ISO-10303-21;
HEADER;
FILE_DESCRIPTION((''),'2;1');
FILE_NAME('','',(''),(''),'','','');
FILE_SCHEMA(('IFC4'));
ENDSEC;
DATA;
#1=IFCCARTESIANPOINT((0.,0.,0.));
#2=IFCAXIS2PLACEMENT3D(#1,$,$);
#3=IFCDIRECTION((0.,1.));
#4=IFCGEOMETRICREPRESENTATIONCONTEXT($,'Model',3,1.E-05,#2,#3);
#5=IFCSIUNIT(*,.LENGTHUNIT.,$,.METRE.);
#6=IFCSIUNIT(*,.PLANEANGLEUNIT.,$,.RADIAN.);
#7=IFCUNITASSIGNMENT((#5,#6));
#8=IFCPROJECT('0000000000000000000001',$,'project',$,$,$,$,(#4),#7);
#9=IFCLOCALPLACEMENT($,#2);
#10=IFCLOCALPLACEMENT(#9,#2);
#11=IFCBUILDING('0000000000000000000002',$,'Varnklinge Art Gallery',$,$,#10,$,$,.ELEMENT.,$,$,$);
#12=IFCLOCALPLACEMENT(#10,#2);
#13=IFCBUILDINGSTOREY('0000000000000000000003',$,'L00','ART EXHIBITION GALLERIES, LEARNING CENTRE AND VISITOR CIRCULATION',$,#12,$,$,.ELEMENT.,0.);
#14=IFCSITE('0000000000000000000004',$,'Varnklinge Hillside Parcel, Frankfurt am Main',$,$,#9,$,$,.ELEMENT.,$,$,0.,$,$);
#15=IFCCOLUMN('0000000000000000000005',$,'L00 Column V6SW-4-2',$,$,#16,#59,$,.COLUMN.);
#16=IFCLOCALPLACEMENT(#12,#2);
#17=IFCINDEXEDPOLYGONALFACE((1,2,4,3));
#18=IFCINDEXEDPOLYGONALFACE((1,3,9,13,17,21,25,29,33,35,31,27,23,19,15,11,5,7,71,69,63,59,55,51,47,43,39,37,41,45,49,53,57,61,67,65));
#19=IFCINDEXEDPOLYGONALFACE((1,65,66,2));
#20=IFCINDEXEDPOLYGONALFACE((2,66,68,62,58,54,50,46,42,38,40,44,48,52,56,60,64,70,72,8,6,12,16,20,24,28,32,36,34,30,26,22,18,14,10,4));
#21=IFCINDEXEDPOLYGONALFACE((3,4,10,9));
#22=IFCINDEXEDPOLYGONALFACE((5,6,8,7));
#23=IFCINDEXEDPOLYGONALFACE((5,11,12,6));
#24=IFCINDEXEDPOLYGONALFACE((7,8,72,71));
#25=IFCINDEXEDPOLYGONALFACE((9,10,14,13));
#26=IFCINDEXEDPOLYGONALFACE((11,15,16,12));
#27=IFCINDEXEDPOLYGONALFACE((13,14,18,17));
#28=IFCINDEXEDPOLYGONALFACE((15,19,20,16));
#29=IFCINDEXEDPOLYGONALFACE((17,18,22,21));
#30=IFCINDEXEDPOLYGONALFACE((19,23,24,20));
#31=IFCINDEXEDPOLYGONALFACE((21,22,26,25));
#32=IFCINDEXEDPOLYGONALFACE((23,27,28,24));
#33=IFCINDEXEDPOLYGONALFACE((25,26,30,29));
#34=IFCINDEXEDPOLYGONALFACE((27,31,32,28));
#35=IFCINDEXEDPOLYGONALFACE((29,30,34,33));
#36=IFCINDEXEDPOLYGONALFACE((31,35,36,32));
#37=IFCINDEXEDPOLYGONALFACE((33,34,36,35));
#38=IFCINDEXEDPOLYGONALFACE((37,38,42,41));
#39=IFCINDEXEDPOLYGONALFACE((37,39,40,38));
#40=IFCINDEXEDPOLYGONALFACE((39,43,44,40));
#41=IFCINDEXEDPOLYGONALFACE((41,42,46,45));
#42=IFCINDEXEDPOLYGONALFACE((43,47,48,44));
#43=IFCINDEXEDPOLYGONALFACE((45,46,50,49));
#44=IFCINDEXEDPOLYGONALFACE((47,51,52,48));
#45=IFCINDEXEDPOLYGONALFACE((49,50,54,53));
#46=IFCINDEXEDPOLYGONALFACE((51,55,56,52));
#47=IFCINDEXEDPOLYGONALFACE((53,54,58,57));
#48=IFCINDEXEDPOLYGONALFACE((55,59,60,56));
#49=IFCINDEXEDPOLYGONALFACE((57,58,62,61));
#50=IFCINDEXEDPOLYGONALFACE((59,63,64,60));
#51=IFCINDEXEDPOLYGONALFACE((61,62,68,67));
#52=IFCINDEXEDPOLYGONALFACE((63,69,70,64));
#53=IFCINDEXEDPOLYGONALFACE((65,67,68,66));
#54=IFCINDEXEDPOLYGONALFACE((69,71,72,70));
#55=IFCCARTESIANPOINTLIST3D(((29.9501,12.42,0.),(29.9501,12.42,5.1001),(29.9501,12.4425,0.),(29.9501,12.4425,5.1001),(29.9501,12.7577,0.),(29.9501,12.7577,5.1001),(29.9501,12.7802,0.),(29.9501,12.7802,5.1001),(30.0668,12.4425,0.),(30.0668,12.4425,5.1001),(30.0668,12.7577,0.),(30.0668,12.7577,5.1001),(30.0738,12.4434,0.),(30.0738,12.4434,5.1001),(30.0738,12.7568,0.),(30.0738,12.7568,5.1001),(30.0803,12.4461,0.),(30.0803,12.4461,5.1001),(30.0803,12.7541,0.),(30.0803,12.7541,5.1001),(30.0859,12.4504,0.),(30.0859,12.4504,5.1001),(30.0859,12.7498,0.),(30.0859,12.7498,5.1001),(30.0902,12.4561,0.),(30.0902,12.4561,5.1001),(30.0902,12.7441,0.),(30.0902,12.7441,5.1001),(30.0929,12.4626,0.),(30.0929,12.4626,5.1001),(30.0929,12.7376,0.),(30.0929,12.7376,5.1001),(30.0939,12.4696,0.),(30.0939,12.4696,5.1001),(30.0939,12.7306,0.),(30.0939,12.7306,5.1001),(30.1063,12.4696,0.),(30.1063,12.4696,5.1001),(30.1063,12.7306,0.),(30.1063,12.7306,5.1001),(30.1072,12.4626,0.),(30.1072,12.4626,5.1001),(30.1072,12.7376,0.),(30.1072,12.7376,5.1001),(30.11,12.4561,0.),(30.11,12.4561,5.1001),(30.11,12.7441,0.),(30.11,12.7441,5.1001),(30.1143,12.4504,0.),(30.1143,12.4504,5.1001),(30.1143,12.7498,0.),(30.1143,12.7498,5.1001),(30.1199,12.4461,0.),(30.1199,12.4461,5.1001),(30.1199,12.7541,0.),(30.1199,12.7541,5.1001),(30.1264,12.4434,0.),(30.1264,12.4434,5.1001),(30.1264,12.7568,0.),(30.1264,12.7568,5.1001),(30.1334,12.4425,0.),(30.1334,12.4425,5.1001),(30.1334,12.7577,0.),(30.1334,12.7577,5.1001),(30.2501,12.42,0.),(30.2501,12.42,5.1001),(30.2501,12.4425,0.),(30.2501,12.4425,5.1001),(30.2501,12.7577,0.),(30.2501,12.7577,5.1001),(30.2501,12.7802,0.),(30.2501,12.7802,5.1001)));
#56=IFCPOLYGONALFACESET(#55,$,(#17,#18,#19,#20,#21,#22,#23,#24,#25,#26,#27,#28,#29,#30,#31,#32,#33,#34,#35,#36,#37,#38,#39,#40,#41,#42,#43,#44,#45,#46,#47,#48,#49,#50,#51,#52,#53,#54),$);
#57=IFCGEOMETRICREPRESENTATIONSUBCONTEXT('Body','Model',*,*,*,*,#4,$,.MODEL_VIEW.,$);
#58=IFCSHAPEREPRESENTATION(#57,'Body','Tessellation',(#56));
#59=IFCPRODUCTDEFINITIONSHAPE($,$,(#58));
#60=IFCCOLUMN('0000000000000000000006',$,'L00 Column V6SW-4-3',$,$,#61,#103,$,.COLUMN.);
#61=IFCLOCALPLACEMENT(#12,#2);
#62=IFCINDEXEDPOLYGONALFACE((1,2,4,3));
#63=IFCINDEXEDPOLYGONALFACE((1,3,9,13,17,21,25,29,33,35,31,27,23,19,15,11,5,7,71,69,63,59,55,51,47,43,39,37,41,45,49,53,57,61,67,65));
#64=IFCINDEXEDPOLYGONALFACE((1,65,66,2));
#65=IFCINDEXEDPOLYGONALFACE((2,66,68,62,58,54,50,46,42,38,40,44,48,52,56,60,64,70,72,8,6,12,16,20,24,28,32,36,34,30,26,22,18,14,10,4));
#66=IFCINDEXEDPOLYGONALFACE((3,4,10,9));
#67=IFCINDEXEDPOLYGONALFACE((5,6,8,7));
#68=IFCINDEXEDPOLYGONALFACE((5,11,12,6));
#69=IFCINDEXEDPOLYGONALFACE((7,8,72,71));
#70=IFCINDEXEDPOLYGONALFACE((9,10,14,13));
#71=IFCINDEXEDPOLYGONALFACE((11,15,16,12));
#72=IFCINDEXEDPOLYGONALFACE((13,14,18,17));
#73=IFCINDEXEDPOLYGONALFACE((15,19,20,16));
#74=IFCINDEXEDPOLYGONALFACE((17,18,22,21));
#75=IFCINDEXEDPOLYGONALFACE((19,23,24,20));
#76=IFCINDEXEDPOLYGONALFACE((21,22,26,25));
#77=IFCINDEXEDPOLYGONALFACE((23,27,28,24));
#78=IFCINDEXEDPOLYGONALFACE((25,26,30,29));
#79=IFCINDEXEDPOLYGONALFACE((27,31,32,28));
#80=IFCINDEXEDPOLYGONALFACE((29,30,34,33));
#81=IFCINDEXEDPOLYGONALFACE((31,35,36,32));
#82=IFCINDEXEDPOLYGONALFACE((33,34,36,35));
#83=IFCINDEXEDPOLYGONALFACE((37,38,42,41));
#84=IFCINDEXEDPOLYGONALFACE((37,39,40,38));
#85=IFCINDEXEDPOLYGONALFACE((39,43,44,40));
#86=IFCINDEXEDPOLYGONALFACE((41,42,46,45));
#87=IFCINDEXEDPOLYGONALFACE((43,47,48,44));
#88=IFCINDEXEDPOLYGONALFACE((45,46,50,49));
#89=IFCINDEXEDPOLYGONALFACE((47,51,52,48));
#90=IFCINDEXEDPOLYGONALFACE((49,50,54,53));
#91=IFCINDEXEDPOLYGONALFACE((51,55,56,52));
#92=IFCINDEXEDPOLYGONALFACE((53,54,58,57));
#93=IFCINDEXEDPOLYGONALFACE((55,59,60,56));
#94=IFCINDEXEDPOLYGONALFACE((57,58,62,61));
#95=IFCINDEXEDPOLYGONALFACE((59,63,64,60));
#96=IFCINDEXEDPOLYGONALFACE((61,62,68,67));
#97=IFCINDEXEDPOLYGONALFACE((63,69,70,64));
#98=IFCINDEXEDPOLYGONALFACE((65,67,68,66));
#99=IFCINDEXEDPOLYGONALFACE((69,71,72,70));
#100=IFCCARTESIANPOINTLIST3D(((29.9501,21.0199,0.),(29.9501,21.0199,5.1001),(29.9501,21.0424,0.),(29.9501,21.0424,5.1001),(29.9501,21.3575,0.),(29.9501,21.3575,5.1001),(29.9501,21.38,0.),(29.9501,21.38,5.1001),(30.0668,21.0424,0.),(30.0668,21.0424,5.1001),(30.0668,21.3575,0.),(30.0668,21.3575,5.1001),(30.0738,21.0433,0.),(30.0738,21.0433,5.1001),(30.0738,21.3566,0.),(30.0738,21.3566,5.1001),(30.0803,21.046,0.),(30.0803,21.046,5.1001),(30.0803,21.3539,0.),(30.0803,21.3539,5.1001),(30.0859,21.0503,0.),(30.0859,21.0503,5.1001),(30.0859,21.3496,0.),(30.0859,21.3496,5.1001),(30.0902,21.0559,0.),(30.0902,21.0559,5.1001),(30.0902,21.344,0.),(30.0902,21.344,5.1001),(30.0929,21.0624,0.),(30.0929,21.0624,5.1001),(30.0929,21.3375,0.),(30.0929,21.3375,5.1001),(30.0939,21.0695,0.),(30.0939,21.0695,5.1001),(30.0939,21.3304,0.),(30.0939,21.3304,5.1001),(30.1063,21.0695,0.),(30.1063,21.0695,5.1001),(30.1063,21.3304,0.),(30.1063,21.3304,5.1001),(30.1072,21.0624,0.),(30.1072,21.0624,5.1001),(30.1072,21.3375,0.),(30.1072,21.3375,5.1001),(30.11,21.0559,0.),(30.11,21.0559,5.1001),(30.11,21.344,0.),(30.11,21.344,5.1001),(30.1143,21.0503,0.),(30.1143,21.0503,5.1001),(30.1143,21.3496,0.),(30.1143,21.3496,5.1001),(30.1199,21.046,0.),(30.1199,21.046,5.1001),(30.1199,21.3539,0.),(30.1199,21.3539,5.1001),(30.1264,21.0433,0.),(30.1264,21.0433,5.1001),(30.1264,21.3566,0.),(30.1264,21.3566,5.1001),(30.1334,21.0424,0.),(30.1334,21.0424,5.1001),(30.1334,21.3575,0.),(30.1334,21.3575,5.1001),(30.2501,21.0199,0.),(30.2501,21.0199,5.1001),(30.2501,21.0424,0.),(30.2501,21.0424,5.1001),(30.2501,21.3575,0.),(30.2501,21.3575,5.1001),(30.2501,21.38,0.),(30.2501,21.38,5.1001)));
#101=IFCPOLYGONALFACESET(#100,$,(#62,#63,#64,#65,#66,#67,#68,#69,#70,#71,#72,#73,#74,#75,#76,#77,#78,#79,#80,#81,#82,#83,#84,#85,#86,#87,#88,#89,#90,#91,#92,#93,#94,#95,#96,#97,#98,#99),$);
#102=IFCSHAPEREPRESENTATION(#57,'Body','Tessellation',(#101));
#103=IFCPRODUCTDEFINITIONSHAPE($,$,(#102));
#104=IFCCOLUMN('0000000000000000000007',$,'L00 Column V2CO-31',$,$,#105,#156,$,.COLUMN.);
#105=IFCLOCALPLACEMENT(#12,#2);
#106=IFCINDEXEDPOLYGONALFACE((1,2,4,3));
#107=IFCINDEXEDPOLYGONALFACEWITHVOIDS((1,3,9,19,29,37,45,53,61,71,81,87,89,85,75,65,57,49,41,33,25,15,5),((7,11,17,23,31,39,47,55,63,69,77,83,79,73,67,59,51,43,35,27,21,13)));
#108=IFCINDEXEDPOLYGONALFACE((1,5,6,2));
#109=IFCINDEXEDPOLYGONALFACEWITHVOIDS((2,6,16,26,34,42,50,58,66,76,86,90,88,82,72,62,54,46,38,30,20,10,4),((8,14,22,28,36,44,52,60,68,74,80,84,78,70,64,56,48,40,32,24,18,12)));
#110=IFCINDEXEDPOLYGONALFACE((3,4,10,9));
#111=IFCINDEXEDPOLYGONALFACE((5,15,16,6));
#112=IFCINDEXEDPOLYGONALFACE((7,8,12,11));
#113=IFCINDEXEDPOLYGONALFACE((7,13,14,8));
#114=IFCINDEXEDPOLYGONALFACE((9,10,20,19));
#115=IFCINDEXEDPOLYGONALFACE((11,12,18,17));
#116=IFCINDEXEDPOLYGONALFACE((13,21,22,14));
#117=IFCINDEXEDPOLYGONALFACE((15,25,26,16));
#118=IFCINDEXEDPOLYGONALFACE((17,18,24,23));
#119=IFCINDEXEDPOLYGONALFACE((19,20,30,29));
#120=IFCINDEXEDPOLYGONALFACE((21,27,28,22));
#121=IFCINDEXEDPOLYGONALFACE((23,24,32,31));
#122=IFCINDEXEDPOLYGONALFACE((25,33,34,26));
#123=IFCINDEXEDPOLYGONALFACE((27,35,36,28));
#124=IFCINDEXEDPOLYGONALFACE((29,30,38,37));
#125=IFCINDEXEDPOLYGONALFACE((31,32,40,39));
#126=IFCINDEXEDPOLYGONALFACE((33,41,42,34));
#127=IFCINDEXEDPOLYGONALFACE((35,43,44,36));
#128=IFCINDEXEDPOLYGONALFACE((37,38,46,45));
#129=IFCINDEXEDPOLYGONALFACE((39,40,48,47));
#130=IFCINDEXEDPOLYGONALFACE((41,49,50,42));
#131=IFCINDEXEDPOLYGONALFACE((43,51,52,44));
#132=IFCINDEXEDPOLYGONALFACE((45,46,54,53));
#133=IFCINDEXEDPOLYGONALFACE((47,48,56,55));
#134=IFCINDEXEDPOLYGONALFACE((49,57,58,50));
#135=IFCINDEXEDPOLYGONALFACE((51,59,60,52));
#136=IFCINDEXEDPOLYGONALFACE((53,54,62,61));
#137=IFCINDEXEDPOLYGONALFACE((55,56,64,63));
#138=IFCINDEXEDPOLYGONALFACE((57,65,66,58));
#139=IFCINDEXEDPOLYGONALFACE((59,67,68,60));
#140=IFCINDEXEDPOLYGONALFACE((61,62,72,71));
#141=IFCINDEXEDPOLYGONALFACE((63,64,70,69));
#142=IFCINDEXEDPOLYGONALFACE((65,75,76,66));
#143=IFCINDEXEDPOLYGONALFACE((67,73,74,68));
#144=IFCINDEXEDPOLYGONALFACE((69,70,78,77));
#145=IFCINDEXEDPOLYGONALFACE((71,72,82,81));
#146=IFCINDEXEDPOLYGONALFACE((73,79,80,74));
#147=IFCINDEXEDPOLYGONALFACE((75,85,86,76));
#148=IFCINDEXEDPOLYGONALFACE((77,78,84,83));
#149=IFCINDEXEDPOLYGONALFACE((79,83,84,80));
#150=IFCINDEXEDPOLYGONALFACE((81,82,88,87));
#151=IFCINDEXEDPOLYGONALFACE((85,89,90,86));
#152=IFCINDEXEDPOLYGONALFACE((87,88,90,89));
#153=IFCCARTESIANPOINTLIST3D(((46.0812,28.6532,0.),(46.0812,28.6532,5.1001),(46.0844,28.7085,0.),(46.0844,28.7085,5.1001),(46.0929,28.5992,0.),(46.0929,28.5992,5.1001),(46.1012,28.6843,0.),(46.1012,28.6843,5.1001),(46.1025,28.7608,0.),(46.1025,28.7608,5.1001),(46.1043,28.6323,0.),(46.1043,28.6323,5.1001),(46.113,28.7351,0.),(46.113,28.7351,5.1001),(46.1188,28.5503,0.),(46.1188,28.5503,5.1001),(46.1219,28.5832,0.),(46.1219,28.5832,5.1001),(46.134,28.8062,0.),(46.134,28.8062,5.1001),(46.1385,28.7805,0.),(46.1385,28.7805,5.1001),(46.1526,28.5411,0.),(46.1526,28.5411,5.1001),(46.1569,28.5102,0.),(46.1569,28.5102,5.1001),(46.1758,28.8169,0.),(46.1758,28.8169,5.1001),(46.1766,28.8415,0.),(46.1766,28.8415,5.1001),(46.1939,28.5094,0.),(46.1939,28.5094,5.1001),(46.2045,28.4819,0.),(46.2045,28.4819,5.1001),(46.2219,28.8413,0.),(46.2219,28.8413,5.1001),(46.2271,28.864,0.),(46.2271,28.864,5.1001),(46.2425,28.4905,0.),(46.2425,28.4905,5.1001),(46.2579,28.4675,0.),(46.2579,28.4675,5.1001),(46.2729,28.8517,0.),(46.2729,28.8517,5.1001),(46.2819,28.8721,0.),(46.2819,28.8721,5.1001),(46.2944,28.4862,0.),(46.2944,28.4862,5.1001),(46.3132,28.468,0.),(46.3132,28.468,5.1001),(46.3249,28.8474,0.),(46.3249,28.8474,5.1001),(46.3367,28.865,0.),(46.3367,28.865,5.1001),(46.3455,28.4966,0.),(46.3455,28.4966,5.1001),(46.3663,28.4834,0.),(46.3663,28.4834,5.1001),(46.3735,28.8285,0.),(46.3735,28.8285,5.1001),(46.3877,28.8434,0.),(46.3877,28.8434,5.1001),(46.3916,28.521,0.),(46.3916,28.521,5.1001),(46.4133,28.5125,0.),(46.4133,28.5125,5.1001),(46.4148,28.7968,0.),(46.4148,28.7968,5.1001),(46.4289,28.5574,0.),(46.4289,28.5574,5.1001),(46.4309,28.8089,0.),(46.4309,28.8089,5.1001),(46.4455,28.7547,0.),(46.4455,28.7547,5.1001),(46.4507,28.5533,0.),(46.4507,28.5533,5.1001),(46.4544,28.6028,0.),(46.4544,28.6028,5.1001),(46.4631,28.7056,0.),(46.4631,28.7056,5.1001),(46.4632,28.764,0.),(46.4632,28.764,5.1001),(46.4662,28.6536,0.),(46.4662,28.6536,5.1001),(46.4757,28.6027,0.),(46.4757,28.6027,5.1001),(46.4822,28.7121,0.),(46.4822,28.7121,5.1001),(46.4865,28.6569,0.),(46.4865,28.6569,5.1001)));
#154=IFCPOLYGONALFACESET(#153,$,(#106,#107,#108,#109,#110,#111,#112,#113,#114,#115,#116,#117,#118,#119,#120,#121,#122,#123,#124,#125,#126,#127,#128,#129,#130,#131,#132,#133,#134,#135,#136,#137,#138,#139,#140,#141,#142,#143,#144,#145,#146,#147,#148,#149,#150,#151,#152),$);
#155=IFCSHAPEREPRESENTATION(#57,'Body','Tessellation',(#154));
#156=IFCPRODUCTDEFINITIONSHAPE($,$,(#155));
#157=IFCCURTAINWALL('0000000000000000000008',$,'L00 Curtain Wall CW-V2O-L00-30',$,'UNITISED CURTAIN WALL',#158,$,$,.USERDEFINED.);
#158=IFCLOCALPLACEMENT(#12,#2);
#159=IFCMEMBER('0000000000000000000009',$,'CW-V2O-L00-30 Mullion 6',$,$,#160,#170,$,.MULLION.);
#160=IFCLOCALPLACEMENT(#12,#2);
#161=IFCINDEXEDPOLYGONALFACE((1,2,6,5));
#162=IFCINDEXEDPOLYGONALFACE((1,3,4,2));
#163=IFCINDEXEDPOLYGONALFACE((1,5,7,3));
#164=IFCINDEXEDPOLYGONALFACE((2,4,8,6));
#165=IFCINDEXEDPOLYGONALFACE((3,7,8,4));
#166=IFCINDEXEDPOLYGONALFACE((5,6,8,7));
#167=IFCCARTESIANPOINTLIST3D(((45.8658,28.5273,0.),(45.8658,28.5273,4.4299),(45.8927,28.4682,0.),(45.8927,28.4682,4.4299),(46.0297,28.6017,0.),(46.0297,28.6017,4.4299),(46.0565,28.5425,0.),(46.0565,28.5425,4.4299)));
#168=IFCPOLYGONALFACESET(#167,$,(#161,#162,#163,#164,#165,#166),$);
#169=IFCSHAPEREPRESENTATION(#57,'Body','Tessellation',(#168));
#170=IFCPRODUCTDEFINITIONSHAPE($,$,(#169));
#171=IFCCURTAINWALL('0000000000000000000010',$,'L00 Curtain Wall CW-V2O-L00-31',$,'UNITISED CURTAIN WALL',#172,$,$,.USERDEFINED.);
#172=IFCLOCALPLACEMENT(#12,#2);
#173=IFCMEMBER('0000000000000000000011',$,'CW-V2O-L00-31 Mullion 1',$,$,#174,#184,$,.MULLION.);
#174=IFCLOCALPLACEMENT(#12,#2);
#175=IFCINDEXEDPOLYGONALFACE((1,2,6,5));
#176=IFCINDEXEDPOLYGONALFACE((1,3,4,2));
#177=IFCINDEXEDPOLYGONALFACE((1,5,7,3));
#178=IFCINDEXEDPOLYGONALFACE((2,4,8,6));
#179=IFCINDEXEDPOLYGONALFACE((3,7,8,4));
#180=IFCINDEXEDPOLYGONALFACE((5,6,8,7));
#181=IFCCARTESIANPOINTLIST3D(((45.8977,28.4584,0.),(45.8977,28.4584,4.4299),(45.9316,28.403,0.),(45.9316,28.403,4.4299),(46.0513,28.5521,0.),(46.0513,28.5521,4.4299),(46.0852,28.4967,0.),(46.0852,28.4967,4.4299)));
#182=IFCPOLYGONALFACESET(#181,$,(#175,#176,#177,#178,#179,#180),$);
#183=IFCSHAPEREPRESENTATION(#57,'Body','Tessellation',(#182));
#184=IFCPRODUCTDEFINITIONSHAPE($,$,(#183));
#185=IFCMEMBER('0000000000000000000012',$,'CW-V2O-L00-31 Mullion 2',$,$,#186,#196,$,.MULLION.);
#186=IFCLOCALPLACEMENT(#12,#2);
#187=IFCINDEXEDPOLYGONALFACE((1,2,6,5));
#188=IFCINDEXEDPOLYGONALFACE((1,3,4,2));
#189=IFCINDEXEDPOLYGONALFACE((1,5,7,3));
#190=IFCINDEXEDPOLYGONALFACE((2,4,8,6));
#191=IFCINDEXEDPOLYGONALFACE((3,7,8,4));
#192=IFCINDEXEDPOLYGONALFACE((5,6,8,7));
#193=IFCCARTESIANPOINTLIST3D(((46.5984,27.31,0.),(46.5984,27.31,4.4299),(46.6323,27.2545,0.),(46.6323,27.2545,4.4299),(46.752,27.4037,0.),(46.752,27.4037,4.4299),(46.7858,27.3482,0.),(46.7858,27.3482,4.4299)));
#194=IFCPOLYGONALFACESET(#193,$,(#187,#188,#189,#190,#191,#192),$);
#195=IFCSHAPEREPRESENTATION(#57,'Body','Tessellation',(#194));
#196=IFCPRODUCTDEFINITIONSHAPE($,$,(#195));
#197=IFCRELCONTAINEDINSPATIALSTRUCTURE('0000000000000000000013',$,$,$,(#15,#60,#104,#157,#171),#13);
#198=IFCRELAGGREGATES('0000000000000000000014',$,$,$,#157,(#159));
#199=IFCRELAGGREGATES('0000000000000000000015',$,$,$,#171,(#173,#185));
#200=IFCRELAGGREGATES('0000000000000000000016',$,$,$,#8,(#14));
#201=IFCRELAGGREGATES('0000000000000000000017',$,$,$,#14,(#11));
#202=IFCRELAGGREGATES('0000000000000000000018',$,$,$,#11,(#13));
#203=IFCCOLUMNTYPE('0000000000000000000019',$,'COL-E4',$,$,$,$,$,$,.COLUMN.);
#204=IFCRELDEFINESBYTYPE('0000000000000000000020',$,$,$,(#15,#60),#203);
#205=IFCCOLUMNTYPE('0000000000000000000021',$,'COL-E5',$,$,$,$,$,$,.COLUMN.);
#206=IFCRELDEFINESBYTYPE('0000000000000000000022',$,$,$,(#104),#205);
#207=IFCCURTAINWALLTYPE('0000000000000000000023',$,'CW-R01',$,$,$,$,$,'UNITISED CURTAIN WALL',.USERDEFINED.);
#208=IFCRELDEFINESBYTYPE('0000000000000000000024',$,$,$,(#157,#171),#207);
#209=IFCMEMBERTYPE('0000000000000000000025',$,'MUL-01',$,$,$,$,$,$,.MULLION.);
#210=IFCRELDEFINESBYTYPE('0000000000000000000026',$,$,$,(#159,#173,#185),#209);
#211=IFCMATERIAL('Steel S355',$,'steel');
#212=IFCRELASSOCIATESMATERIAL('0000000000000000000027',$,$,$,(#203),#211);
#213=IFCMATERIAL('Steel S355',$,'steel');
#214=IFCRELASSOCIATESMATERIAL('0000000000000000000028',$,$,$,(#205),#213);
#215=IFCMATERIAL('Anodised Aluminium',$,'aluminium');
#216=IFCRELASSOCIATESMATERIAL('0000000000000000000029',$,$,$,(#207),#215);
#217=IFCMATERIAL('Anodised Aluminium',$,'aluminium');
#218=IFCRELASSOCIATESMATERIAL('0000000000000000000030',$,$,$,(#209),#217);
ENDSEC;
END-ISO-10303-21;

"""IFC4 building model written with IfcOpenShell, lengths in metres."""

from ifc_helpers import new_model, si_unit, direction, frame, origin, origin_2d, place, context, subcontext, project, spatial, rectangle, hollow_circle, i_section, extrude, material, material_profile, profile_set, type_object, element, aggregate, save


model = new_model("IFC4")

# Units and contexts
model_context = context("Model", 3, precision=1e-05, world=origin(), true_north=direction((0.0, 1.0)))
body_context = subcontext(model_context, "Body", "Model", "MODEL_VIEW")
ifc_project = project(units=[si_unit("LENGTHUNIT", "METRE"), si_unit("PLANEANGLEUNIT", "RADIAN")], contexts=[model_context])

# Site, building, storey
site_placement = place(None, origin())
site = spatial("IfcSite", under=ifc_project, at=site_placement, Name="Varnklinge Hillside Parcel, Frankfurt am Main", CompositionType="ELEMENT", RefElevation=0.0)
building_placement = place(site_placement, origin())
building = spatial("IfcBuilding", under=site, at=building_placement, Name="Varnklinge Art Gallery", CompositionType="ELEMENT")
storey_placement = place(building_placement, origin())
storey = spatial("IfcBuildingStorey", under=building, at=storey_placement, Name="L00", Description="ART EXHIBITION GALLERIES, LEARNING CENTRE AND VISITOR CIRCULATION", CompositionType="ELEMENT", Elevation=0.0)

# Columns
ifc_material_1 = material(Name="Steel S355", Category="steel")
ifc_material_profile_1 = material_profile(ifc_material_1, i_section(OverallWidth=0.3, OverallDepth=0.3601, WebThickness=0.0125, FlangeThickness=0.0225, FilletRadius=0.0271, at=origin_2d()), Name="HEB 360")
ifc_profile_set_1 = profile_set([ifc_material_profile_1], Name="Steel S355")
column_type_1 = type_object("IfcColumnType", Name="COL-E4", PredefinedType="COLUMN", material=ifc_profile_set_1)
for number, where, z_axis, x_axis, name in (
    (1, (30.1001, 12.6001, 0.0), (0.0, 0.0, 1.0), (1.0, 0.0, 0.0), "L00 Column V6SW-4-2"),
    (2, (30.1001, 21.2, 0.0), (0.0, 0.0, 1.0), (1.0, 0.0, 0.0), "L00 Column V6SW-4-3"),
):
    element("IfcColumn", number, at=place(storey_placement, frame(where, z_axis=z_axis, x_axis=x_axis)), inside=storey, type_object=column_type_1, Name=name, PredefinedType="COLUMN", context=body_context, shape_type="SweptSolid", body=[
        extrude(i_section(OverallWidth=0.3, OverallDepth=0.3601, WebThickness=0.0125, FlangeThickness=0.0225, FilletRadius=0.0271, at=origin_2d()), origin(), (0.0, 0.0, 1.0), 5.1001),
    ])
ifc_material_2 = material(Name="Steel S355", Category="steel")
ifc_material_profile_2 = material_profile(ifc_material_2, hollow_circle(Radius=0.2031, WallThickness=0.02, at=origin_2d()), Name="CHS 406.4x20")
ifc_profile_set_2 = profile_set([ifc_material_profile_2], Name="Steel S355")
column_type_2 = type_object("IfcColumnType", Name="COL-E5", PredefinedType="COLUMN", material=ifc_profile_set_2)
column_placement = place(storey_placement, frame((46.2837, 28.6689, 0.0), z_axis=(0.0, 0.0, 1.0), x_axis=(0.883684, 0.468084, 0.0)))
element("IfcColumn", 3, at=column_placement, inside=storey, type_object=column_type_2, Name="L00 Column V2CO-31", PredefinedType="COLUMN", context=body_context, shape_type="SweptSolid", body=[
    extrude(hollow_circle(Radius=0.2031, WallThickness=0.02, at=origin_2d()), origin(), (0.0, 0.0, 1.0), 5.1001),
])

# Curtain wall, member
ifc_material_3 = material(Name="Anodised Aluminium", Category="aluminium")
curtain_wall_type = type_object("IfcCurtainWallType", Name="CW-R01", ElementType="UNITISED CURTAIN WALL", PredefinedType="USERDEFINED", material=ifc_material_3)
curtain_wall_1_placement = place(storey_placement, origin())
curtain_wall_1 = element("IfcCurtainWall", 4, at=curtain_wall_1_placement, inside=storey, type_object=curtain_wall_type, Name="L00 Curtain Wall CW-V2O-L00-30", ObjectType="UNITISED CURTAIN WALL", PredefinedType="USERDEFINED")
ifc_material_4 = material(Name="Anodised Aluminium", Category="aluminium")
ifc_material_profile_3 = material_profile(ifc_material_4, rectangle(XDim=0.0649, YDim=0.1799, at=origin_2d()), Name="ALU 65x180")
ifc_profile_set_3 = profile_set([ifc_material_profile_3], Name="Anodised Aluminium")
member_type_1 = type_object("IfcMemberType", Name="MUL-01", PredefinedType="MULLION", material=ifc_profile_set_3)
member_1_placement = place(storey_placement, frame((45.9612, 28.5349, 0.0), z_axis=(0.0, 0.0, 1.0), x_axis=(0.413422, -0.910539, 0.0)))
member_1 = element("IfcMember", 5, at=member_1_placement, type_object=member_type_1, Name="CW-V2O-L00-30 Mullion 6", PredefinedType="MULLION", context=body_context, shape_type="SweptSolid", body=[
    extrude(rectangle(XDim=0.0649, YDim=0.1799, at=origin_2d()), origin(), (0.0, 0.0, 1.0), 4.4299),
])
aggregate(curtain_wall_1, [member_1])

# Curtain wall, members
curtain_wall_2_placement = place(storey_placement, origin())
curtain_wall_2 = element("IfcCurtainWall", 6, at=curtain_wall_2_placement, inside=storey, type_object=curtain_wall_type, Name="L00 Curtain Wall CW-V2O-L00-31", ObjectType="UNITISED CURTAIN WALL", PredefinedType="USERDEFINED")
member_2_placement = place(storey_placement, frame((45.9915, 28.4775, 0.0), z_axis=(0.0, 0.0, 1.0), x_axis=(0.520861, -0.853642, 0.0)))
member_2 = element("IfcMember", 7, at=member_2_placement, type_object=member_type_1, Name="CW-V2O-L00-31 Mullion 1", PredefinedType="MULLION", context=body_context, shape_type="SweptSolid", body=[
    extrude(rectangle(XDim=0.0649, YDim=0.1799, at=origin_2d()), origin(), (0.0, 0.0, 1.0), 4.4299),
])
member_3_placement = place(storey_placement, frame((46.6921, 27.3291, 0.0), z_axis=(0.0, 0.0, 1.0), x_axis=(0.520861, -0.853642, 0.0)))
member_3 = element("IfcMember", 8, at=member_3_placement, type_object=member_type_1, Name="CW-V2O-L00-31 Mullion 2", PredefinedType="MULLION", context=body_context, shape_type="SweptSolid", body=[
    extrude(rectangle(XDim=0.0649, YDim=0.1799, at=origin_2d()), origin(), (0.0, 0.0, 1.0), 4.4299),
])

aggregate(curtain_wall_2, [member_2, member_3])

save(model, "model.ifc")
